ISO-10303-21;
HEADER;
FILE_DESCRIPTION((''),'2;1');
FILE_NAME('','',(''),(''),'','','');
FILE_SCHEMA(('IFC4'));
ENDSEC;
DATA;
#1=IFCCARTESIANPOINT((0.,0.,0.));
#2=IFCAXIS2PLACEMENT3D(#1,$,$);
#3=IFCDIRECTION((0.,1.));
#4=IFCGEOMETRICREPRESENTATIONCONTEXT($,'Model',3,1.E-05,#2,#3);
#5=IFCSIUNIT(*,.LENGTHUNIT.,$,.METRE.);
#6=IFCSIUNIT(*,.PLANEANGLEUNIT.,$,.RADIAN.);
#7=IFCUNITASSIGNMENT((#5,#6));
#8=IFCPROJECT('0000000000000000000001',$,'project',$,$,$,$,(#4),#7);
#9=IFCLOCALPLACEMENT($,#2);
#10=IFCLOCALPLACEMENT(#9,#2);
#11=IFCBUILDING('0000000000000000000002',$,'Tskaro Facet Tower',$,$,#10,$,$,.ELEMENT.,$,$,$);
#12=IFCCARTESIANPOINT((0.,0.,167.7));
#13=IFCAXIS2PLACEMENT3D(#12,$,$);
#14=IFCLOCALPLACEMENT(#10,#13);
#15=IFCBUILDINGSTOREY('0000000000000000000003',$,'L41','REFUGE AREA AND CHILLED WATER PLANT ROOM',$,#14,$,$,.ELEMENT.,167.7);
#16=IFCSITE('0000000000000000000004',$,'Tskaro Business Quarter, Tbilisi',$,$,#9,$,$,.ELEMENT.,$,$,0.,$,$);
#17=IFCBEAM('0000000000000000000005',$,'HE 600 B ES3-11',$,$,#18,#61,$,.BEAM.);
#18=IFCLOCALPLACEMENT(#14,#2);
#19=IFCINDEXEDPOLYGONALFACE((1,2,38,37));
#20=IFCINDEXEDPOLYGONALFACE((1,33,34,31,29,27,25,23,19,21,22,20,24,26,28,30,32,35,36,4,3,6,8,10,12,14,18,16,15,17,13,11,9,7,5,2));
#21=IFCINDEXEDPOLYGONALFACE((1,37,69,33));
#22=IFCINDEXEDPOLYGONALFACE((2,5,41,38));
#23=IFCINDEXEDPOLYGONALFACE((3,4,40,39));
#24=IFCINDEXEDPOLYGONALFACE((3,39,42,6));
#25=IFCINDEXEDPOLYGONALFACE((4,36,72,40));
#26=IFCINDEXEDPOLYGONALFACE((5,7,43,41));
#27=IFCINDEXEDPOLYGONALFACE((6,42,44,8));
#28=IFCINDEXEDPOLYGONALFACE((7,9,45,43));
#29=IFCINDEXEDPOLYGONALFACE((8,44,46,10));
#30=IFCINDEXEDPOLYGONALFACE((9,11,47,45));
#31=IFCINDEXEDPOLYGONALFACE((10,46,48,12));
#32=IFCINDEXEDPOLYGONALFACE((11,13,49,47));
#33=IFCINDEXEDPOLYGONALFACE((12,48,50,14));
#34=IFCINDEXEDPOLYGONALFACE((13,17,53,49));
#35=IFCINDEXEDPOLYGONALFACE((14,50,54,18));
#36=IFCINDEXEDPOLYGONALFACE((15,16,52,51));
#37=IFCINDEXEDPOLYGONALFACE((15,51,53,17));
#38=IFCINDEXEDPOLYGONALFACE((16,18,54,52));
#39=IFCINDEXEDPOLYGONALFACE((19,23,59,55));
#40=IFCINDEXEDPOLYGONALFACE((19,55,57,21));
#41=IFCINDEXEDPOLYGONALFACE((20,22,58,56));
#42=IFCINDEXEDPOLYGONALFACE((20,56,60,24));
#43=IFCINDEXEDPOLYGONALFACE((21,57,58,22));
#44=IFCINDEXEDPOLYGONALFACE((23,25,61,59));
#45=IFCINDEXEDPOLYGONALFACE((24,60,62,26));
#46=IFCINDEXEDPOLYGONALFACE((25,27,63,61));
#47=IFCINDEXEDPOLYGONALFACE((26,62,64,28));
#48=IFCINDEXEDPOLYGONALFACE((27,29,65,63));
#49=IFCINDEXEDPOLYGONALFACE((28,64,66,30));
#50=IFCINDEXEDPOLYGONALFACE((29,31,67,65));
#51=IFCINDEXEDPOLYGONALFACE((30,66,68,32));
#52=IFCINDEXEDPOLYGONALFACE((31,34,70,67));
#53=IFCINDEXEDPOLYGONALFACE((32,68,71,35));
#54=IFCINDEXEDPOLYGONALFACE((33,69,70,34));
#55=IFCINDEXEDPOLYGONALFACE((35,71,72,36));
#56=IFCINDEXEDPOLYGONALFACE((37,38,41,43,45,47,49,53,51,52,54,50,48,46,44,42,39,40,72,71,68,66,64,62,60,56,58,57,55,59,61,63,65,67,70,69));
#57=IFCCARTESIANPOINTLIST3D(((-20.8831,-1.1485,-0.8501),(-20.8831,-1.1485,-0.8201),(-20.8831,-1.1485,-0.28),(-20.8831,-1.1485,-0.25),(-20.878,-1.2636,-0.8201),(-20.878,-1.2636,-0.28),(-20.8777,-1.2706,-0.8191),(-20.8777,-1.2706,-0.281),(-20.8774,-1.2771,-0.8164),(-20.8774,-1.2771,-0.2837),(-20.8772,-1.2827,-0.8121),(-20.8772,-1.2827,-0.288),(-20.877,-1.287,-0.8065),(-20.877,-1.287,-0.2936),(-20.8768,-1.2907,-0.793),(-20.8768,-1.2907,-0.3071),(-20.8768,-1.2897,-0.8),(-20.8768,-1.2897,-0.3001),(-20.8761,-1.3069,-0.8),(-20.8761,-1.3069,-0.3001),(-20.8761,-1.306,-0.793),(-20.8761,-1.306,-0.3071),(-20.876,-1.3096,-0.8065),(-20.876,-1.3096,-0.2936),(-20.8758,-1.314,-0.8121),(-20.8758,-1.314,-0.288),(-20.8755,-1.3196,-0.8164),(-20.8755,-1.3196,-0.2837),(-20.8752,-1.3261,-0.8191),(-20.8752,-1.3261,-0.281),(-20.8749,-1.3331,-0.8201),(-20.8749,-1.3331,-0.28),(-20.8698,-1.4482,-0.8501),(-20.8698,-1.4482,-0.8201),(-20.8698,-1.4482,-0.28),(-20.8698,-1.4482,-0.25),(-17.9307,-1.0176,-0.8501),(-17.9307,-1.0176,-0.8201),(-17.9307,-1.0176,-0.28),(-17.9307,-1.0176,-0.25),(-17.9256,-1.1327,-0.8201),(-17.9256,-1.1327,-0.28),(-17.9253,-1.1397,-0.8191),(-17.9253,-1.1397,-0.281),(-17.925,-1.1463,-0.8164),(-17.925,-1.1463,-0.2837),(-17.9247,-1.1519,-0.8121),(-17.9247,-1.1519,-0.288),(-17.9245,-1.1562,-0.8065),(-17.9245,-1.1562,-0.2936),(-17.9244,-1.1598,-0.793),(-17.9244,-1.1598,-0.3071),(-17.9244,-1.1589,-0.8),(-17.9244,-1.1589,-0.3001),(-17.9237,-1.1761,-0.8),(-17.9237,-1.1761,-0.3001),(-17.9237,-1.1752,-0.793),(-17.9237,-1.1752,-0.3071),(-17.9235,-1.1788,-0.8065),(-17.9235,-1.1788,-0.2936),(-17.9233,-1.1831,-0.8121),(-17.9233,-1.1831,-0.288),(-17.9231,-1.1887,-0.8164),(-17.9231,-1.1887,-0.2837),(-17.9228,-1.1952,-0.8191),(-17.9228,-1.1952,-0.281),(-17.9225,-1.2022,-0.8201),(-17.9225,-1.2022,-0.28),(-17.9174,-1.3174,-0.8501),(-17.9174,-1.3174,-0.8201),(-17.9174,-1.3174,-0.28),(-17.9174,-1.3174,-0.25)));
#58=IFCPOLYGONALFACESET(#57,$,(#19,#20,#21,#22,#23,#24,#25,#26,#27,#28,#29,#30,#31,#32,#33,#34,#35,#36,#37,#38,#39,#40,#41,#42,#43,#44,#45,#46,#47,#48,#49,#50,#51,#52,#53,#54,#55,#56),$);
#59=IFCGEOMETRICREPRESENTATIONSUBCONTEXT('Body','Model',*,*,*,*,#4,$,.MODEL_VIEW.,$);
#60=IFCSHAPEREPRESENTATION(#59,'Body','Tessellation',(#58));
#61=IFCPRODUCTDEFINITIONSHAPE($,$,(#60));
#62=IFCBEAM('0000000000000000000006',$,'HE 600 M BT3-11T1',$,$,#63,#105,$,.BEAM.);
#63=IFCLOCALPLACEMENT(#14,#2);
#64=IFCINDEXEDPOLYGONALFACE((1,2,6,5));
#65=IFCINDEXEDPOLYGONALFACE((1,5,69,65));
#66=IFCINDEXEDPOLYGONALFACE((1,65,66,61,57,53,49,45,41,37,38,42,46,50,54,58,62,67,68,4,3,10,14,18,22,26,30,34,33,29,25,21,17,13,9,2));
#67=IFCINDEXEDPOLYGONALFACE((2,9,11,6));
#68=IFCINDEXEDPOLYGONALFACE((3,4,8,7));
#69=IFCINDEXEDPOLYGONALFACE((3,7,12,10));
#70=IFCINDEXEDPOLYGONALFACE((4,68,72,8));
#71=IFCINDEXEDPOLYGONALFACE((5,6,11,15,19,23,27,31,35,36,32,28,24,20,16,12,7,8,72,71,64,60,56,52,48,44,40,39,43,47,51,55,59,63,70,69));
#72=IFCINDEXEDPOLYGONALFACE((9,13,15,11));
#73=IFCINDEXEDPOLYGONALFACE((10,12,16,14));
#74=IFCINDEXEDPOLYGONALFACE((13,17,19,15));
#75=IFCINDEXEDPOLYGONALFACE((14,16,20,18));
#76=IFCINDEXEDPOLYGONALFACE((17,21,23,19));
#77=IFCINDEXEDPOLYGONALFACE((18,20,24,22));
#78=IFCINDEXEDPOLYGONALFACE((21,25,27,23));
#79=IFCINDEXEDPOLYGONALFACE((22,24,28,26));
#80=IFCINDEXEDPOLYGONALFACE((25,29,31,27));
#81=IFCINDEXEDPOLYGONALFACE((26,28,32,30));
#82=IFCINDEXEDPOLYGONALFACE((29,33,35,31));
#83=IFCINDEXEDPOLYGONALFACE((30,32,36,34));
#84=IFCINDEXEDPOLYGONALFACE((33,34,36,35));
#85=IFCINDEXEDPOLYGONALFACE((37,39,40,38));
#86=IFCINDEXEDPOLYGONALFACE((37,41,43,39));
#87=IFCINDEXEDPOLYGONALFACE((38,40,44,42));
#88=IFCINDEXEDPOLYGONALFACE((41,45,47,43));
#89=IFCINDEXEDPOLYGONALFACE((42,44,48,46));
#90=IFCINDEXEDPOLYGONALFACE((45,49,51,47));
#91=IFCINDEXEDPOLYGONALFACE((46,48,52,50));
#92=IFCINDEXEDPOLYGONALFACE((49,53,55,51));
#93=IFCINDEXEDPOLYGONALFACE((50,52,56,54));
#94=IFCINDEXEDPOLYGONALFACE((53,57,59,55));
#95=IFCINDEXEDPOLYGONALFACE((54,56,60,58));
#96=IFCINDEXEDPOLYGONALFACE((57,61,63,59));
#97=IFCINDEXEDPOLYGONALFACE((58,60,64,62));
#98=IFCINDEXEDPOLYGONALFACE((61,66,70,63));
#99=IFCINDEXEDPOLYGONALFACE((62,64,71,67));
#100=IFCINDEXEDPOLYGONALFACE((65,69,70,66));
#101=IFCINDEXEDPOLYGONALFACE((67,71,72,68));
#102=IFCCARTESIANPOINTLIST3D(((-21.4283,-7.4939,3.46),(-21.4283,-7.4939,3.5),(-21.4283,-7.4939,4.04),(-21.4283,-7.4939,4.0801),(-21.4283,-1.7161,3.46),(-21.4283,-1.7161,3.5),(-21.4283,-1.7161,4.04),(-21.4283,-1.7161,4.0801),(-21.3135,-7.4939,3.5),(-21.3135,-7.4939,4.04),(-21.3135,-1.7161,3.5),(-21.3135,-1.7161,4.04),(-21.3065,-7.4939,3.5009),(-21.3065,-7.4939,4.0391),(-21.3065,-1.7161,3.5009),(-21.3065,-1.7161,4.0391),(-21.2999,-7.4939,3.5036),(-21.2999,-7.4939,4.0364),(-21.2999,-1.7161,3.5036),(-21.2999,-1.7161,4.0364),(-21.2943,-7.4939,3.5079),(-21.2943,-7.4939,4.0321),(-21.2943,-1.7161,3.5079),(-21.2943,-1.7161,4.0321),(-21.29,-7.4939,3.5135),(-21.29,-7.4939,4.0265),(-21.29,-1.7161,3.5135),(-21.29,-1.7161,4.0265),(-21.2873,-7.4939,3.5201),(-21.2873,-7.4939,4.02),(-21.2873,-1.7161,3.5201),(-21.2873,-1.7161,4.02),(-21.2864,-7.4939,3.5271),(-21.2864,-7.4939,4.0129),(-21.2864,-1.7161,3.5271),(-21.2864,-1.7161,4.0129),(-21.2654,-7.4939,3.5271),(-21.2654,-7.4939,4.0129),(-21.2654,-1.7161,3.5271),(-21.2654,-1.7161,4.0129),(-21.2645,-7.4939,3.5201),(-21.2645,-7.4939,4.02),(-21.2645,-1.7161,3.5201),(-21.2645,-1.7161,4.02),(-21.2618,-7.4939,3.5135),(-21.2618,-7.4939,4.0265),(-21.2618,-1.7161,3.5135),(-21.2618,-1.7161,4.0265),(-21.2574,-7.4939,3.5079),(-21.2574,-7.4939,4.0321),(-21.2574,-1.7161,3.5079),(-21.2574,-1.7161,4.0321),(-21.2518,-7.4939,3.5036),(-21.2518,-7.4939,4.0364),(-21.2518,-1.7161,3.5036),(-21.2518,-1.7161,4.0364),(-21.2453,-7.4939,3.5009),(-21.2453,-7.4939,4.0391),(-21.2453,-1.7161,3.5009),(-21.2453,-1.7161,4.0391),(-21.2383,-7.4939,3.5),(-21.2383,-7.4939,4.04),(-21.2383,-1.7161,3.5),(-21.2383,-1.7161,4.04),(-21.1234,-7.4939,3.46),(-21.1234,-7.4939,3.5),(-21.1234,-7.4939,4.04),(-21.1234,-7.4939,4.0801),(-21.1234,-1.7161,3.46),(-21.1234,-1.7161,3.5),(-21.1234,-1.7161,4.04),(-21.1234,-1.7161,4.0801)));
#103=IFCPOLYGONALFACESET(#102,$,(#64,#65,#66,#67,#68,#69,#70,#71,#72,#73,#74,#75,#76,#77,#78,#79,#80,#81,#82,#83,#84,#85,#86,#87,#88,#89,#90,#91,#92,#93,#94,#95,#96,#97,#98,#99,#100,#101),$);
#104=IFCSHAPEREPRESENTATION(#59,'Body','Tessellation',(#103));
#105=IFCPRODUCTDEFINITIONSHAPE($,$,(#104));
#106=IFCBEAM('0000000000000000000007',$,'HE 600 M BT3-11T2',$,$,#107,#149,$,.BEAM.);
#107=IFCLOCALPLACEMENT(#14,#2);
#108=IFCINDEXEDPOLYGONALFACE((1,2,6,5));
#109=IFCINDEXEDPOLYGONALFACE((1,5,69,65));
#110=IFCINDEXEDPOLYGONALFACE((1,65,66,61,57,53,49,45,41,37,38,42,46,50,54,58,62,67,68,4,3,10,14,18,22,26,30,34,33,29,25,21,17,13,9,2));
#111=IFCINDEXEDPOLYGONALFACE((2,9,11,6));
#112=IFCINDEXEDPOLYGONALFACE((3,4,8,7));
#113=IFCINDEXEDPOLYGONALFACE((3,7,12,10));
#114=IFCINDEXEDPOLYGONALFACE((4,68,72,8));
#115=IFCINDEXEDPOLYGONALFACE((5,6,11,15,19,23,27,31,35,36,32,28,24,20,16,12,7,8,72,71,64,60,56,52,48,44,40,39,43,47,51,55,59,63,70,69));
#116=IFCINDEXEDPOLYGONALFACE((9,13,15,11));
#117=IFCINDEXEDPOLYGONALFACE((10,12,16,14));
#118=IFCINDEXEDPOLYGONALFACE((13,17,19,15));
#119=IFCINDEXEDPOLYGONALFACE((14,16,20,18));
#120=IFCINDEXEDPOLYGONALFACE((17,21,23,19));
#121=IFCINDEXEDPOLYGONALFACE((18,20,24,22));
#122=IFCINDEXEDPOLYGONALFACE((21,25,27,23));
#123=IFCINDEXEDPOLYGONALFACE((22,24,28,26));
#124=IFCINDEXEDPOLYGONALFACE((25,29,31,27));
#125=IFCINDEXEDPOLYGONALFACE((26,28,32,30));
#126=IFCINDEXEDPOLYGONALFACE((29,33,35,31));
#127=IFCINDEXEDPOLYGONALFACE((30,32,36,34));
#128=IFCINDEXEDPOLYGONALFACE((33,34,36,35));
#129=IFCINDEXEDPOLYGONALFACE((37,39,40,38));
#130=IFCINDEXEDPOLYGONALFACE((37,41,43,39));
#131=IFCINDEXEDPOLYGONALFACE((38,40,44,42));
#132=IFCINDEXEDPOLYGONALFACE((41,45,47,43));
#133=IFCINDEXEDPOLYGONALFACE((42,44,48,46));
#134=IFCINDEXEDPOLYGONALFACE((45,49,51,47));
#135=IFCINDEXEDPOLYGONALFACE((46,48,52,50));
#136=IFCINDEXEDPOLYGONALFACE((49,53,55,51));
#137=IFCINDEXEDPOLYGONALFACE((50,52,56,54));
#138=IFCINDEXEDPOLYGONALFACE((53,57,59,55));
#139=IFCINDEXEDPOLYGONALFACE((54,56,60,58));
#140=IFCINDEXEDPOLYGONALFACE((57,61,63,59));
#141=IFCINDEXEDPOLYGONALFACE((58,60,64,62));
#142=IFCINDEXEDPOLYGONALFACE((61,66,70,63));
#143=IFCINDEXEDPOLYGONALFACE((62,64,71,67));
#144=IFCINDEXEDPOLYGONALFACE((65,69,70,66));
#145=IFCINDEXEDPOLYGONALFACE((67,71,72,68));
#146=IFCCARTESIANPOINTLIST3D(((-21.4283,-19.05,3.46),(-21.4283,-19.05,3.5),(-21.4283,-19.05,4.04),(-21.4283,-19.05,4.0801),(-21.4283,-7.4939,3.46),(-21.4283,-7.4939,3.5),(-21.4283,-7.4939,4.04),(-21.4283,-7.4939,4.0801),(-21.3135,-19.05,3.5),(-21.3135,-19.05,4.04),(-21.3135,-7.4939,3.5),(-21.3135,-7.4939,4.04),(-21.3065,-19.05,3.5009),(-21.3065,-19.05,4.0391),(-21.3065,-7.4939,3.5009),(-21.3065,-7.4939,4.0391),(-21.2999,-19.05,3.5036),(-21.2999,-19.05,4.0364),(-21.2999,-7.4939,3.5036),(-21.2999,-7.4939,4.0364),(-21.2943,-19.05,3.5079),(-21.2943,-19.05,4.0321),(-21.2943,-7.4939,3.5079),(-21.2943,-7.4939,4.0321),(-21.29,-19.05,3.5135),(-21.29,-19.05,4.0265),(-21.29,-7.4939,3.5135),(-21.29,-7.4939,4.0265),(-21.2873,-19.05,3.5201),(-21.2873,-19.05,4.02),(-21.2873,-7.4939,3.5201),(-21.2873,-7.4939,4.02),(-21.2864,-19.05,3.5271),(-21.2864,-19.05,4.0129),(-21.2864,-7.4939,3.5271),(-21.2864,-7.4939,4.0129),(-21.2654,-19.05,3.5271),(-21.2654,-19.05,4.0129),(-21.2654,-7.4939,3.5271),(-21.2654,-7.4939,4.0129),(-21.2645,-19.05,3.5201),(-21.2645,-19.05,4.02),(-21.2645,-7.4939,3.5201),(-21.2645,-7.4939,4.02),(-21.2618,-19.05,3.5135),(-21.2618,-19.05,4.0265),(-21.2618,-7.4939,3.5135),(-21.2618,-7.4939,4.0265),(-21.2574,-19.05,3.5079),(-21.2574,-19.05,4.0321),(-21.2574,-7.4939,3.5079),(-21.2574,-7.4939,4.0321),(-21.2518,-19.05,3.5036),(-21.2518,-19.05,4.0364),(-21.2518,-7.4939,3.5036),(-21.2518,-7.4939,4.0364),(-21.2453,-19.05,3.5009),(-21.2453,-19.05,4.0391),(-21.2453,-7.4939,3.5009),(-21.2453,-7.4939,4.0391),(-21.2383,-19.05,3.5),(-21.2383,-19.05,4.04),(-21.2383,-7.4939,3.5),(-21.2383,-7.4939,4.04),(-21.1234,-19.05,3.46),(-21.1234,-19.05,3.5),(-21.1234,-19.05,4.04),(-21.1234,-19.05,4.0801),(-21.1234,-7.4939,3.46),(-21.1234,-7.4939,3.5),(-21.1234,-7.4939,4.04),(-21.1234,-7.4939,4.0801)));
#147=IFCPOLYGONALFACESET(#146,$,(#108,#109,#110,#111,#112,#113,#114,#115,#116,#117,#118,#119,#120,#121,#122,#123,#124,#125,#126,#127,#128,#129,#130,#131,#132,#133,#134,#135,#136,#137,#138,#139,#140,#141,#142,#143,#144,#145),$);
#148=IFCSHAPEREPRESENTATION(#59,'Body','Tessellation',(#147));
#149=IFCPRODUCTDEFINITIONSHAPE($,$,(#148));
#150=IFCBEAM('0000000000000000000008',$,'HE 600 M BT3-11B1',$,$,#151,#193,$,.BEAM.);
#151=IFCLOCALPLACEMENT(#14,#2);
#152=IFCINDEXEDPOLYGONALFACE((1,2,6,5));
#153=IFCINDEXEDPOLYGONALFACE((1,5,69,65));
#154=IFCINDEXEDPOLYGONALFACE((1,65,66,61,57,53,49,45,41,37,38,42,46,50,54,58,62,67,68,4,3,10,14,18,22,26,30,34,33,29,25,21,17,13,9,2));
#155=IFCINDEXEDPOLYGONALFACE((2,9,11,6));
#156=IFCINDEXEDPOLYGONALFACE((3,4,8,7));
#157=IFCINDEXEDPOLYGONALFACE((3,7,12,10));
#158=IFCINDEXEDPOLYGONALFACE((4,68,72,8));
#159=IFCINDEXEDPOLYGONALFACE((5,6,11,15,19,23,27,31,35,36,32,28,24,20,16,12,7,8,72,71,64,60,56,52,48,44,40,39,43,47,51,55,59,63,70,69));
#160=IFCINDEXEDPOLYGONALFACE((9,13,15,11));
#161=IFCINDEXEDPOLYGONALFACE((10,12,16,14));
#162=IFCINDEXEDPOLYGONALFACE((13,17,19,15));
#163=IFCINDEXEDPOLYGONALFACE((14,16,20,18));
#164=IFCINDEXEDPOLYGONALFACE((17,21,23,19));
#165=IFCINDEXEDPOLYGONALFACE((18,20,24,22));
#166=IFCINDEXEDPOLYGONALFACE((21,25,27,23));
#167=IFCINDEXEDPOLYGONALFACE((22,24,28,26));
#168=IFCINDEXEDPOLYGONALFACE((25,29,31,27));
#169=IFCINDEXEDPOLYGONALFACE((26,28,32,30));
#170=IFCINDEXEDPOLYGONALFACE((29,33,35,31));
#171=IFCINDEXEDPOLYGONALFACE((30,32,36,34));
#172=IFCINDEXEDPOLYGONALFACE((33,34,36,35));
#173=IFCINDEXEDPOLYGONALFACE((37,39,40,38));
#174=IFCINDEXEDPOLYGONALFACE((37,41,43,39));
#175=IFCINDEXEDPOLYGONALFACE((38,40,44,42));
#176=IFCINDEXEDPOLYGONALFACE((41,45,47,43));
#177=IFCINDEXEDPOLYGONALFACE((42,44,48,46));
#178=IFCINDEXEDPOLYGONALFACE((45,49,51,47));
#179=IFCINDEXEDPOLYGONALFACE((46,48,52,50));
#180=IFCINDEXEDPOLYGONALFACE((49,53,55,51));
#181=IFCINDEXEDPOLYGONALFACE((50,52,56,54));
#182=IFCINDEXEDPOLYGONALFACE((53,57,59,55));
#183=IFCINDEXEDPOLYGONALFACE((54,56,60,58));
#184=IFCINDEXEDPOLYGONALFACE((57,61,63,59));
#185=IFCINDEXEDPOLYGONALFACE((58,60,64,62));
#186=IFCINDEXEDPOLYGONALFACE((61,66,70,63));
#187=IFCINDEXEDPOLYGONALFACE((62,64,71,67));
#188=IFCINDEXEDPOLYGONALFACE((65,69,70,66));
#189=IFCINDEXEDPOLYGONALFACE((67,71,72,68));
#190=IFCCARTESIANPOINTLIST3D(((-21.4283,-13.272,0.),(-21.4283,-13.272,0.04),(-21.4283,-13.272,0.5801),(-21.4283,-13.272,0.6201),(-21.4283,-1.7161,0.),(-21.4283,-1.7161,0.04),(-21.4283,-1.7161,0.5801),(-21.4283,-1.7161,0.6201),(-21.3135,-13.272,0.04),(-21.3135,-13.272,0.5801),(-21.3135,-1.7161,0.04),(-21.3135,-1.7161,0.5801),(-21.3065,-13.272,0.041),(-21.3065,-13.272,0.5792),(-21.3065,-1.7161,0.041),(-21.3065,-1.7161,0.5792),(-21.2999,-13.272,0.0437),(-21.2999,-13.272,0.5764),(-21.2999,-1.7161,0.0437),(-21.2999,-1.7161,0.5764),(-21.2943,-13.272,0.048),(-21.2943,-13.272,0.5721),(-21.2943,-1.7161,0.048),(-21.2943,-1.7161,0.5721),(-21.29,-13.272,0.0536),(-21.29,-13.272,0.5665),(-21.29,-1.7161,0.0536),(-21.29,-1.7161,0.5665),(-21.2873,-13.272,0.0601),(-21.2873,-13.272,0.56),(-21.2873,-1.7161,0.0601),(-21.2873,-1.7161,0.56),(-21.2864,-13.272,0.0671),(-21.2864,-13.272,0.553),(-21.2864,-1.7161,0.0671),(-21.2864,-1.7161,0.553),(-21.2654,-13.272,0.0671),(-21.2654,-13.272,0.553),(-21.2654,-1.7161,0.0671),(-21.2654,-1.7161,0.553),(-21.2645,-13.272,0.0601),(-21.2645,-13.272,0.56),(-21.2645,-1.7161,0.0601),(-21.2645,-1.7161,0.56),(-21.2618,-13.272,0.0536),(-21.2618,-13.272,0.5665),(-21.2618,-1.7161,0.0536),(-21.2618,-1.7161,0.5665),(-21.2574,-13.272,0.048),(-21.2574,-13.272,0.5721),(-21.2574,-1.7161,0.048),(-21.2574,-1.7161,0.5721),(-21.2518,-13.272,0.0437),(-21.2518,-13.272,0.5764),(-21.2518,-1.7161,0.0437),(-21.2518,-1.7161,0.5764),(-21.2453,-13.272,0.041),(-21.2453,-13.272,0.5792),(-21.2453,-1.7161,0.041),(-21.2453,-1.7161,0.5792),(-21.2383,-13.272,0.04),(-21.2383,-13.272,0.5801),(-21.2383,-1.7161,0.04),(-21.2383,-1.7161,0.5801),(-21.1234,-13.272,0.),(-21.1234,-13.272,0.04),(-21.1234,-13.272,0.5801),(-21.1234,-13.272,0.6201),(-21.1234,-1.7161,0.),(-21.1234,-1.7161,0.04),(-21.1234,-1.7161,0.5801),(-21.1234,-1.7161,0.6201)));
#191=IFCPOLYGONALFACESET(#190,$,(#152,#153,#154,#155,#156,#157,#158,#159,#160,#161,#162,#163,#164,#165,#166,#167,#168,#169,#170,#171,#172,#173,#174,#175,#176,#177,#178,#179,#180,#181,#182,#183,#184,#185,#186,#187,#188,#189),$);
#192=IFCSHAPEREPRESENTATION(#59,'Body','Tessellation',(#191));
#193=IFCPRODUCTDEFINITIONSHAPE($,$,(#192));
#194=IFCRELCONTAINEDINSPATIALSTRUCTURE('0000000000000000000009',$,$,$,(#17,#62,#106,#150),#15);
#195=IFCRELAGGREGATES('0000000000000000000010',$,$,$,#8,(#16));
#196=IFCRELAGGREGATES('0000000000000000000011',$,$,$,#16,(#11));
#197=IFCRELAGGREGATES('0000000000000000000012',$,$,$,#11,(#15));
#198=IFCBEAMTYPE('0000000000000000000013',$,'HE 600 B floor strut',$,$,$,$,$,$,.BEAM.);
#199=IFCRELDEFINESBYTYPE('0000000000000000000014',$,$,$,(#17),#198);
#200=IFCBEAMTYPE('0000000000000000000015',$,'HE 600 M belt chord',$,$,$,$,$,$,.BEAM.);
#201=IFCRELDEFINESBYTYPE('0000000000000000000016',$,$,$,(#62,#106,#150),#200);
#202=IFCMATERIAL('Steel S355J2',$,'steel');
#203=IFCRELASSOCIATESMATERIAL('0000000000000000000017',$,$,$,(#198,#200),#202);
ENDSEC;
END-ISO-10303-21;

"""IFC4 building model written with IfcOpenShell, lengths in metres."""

from ifc_helpers import new_model, si_unit, direction, frame, origin, origin_2d, place, context, subcontext, project, spatial, i_section, extrude, material, material_profile, profile_set, type_object, element, save


model = new_model("IFC4")

# Units and contexts
model_context = context("Model", 3, precision=1e-05, world=origin(), true_north=direction((0.0, 1.0)))
body_context = subcontext(model_context, "Body", "Model", "MODEL_VIEW")
ifc_project = project(units=[si_unit("LENGTHUNIT", "METRE"), si_unit("PLANEANGLEUNIT", "RADIAN")], contexts=[model_context])

# Site, building, storey
site_placement = place(None, origin())
site = spatial("IfcSite", under=ifc_project, at=site_placement, Name="Tskaro Business Quarter, Tbilisi", CompositionType="ELEMENT", RefElevation=0.0)
building_placement = place(site_placement, origin())
building = spatial("IfcBuilding", under=site, at=building_placement, Name="Tskaro Facet Tower", CompositionType="ELEMENT")
storey_placement = place(building_placement, frame((0.0, 0.0, 167.7)))
storey = spatial("IfcBuildingStorey", under=building, at=storey_placement, Name="L41", Description="REFUGE AREA AND CHILLED WATER PLANT ROOM", CompositionType="ELEMENT", Elevation=167.7)

# Shared definitions
ifc_material_1 = material(Name="Steel S355J2", Category="steel")

# Beams
ifc_material_profile_1 = material_profile(ifc_material_1, i_section(OverallWidth=0.3, OverallDepth=0.6001, WebThickness=0.0154, FlangeThickness=0.03, FilletRadius=0.0271, at=origin_2d()), Name="HE 600 B")
ifc_profile_set_1 = profile_set([ifc_material_profile_1], Name="Steel S355J2")
beam_type_1 = type_object("IfcBeamType", Name="HE 600 B floor strut", PredefinedType="BEAM", material=ifc_profile_set_1)
beam_1_placement = place(storey_placement, frame((-20.8765, -1.2983, -0.55), z_axis=(0.999019, 0.04428, 0.0), x_axis=(-0.04428, 0.999019, 0.0)))
element("IfcBeam", 1, at=beam_1_placement, inside=storey, type_object=beam_type_1, Name="HE 600 B ES3-11", PredefinedType="BEAM", context=body_context, shape_type="SweptSolid", body=[
    extrude(i_section(OverallWidth=0.3, OverallDepth=0.6001, WebThickness=0.0154, FlangeThickness=0.03, FilletRadius=0.0271, at=origin_2d()), origin(), (0.0, 0.0, 1.0), 2.9553),
])
ifc_material_profile_2 = material_profile(ifc_material_1, i_section(OverallWidth=0.3049, OverallDepth=0.6201, WebThickness=0.021, FlangeThickness=0.04, FilletRadius=0.0271, at=origin_2d()), Name="HE 600 M")
ifc_profile_set_2 = profile_set([ifc_material_profile_2], Name="Steel S355J2")
beam_type_2 = type_object("IfcBeamType", Name="HE 600 M belt chord", PredefinedType="BEAM", material=ifc_profile_set_2)
beam_2_placement = place(storey_placement, frame((-21.2759, -1.7161, 3.77), z_axis=(0.0, -1.0, 0.0), x_axis=(1.0, 0.0, 0.0)))
element("IfcBeam", 2, at=beam_2_placement, inside=storey, type_object=beam_type_2, Name="HE 600 M BT3-11T1", PredefinedType="BEAM", context=body_context, shape_type="SweptSolid", body=[
    extrude(i_section(OverallWidth=0.3049, OverallDepth=0.6201, WebThickness=0.021, FlangeThickness=0.04, FilletRadius=0.0271, at=origin_2d()), origin(), (0.0, 0.0, 1.0), 5.7778),
])
beam_3_placement = place(storey_placement, frame((-21.2759, -7.4939, 3.77), z_axis=(0.0, -1.0, 0.0), x_axis=(1.0, 0.0, 0.0)))
element("IfcBeam", 3, at=beam_3_placement, inside=storey, type_object=beam_type_2, Name="HE 600 M BT3-11T2", PredefinedType="BEAM", context=body_context, shape_type="SweptSolid", body=[
    extrude(i_section(OverallWidth=0.3049, OverallDepth=0.6201, WebThickness=0.021, FlangeThickness=0.04, FilletRadius=0.0271, at=origin_2d()), origin(), (0.0, 0.0, 1.0), 11.5562),
])
beam_4_placement = place(storey_placement, frame((-21.2759, -1.7161, 0.3101), z_axis=(0.0, -1.0, 0.0), x_axis=(1.0, 0.0, 0.0)))
element("IfcBeam", 4, at=beam_4_placement, inside=storey, type_object=beam_type_2, Name="HE 600 M BT3-11B1", PredefinedType="BEAM", context=body_context, shape_type="SweptSolid", body=[
    extrude(i_section(OverallWidth=0.3049, OverallDepth=0.6201, WebThickness=0.021, FlangeThickness=0.04, FilletRadius=0.0271, at=origin_2d()), origin(), (0.0, 0.0, 1.0), 11.5559),
])

save(model, "model.ifc")
